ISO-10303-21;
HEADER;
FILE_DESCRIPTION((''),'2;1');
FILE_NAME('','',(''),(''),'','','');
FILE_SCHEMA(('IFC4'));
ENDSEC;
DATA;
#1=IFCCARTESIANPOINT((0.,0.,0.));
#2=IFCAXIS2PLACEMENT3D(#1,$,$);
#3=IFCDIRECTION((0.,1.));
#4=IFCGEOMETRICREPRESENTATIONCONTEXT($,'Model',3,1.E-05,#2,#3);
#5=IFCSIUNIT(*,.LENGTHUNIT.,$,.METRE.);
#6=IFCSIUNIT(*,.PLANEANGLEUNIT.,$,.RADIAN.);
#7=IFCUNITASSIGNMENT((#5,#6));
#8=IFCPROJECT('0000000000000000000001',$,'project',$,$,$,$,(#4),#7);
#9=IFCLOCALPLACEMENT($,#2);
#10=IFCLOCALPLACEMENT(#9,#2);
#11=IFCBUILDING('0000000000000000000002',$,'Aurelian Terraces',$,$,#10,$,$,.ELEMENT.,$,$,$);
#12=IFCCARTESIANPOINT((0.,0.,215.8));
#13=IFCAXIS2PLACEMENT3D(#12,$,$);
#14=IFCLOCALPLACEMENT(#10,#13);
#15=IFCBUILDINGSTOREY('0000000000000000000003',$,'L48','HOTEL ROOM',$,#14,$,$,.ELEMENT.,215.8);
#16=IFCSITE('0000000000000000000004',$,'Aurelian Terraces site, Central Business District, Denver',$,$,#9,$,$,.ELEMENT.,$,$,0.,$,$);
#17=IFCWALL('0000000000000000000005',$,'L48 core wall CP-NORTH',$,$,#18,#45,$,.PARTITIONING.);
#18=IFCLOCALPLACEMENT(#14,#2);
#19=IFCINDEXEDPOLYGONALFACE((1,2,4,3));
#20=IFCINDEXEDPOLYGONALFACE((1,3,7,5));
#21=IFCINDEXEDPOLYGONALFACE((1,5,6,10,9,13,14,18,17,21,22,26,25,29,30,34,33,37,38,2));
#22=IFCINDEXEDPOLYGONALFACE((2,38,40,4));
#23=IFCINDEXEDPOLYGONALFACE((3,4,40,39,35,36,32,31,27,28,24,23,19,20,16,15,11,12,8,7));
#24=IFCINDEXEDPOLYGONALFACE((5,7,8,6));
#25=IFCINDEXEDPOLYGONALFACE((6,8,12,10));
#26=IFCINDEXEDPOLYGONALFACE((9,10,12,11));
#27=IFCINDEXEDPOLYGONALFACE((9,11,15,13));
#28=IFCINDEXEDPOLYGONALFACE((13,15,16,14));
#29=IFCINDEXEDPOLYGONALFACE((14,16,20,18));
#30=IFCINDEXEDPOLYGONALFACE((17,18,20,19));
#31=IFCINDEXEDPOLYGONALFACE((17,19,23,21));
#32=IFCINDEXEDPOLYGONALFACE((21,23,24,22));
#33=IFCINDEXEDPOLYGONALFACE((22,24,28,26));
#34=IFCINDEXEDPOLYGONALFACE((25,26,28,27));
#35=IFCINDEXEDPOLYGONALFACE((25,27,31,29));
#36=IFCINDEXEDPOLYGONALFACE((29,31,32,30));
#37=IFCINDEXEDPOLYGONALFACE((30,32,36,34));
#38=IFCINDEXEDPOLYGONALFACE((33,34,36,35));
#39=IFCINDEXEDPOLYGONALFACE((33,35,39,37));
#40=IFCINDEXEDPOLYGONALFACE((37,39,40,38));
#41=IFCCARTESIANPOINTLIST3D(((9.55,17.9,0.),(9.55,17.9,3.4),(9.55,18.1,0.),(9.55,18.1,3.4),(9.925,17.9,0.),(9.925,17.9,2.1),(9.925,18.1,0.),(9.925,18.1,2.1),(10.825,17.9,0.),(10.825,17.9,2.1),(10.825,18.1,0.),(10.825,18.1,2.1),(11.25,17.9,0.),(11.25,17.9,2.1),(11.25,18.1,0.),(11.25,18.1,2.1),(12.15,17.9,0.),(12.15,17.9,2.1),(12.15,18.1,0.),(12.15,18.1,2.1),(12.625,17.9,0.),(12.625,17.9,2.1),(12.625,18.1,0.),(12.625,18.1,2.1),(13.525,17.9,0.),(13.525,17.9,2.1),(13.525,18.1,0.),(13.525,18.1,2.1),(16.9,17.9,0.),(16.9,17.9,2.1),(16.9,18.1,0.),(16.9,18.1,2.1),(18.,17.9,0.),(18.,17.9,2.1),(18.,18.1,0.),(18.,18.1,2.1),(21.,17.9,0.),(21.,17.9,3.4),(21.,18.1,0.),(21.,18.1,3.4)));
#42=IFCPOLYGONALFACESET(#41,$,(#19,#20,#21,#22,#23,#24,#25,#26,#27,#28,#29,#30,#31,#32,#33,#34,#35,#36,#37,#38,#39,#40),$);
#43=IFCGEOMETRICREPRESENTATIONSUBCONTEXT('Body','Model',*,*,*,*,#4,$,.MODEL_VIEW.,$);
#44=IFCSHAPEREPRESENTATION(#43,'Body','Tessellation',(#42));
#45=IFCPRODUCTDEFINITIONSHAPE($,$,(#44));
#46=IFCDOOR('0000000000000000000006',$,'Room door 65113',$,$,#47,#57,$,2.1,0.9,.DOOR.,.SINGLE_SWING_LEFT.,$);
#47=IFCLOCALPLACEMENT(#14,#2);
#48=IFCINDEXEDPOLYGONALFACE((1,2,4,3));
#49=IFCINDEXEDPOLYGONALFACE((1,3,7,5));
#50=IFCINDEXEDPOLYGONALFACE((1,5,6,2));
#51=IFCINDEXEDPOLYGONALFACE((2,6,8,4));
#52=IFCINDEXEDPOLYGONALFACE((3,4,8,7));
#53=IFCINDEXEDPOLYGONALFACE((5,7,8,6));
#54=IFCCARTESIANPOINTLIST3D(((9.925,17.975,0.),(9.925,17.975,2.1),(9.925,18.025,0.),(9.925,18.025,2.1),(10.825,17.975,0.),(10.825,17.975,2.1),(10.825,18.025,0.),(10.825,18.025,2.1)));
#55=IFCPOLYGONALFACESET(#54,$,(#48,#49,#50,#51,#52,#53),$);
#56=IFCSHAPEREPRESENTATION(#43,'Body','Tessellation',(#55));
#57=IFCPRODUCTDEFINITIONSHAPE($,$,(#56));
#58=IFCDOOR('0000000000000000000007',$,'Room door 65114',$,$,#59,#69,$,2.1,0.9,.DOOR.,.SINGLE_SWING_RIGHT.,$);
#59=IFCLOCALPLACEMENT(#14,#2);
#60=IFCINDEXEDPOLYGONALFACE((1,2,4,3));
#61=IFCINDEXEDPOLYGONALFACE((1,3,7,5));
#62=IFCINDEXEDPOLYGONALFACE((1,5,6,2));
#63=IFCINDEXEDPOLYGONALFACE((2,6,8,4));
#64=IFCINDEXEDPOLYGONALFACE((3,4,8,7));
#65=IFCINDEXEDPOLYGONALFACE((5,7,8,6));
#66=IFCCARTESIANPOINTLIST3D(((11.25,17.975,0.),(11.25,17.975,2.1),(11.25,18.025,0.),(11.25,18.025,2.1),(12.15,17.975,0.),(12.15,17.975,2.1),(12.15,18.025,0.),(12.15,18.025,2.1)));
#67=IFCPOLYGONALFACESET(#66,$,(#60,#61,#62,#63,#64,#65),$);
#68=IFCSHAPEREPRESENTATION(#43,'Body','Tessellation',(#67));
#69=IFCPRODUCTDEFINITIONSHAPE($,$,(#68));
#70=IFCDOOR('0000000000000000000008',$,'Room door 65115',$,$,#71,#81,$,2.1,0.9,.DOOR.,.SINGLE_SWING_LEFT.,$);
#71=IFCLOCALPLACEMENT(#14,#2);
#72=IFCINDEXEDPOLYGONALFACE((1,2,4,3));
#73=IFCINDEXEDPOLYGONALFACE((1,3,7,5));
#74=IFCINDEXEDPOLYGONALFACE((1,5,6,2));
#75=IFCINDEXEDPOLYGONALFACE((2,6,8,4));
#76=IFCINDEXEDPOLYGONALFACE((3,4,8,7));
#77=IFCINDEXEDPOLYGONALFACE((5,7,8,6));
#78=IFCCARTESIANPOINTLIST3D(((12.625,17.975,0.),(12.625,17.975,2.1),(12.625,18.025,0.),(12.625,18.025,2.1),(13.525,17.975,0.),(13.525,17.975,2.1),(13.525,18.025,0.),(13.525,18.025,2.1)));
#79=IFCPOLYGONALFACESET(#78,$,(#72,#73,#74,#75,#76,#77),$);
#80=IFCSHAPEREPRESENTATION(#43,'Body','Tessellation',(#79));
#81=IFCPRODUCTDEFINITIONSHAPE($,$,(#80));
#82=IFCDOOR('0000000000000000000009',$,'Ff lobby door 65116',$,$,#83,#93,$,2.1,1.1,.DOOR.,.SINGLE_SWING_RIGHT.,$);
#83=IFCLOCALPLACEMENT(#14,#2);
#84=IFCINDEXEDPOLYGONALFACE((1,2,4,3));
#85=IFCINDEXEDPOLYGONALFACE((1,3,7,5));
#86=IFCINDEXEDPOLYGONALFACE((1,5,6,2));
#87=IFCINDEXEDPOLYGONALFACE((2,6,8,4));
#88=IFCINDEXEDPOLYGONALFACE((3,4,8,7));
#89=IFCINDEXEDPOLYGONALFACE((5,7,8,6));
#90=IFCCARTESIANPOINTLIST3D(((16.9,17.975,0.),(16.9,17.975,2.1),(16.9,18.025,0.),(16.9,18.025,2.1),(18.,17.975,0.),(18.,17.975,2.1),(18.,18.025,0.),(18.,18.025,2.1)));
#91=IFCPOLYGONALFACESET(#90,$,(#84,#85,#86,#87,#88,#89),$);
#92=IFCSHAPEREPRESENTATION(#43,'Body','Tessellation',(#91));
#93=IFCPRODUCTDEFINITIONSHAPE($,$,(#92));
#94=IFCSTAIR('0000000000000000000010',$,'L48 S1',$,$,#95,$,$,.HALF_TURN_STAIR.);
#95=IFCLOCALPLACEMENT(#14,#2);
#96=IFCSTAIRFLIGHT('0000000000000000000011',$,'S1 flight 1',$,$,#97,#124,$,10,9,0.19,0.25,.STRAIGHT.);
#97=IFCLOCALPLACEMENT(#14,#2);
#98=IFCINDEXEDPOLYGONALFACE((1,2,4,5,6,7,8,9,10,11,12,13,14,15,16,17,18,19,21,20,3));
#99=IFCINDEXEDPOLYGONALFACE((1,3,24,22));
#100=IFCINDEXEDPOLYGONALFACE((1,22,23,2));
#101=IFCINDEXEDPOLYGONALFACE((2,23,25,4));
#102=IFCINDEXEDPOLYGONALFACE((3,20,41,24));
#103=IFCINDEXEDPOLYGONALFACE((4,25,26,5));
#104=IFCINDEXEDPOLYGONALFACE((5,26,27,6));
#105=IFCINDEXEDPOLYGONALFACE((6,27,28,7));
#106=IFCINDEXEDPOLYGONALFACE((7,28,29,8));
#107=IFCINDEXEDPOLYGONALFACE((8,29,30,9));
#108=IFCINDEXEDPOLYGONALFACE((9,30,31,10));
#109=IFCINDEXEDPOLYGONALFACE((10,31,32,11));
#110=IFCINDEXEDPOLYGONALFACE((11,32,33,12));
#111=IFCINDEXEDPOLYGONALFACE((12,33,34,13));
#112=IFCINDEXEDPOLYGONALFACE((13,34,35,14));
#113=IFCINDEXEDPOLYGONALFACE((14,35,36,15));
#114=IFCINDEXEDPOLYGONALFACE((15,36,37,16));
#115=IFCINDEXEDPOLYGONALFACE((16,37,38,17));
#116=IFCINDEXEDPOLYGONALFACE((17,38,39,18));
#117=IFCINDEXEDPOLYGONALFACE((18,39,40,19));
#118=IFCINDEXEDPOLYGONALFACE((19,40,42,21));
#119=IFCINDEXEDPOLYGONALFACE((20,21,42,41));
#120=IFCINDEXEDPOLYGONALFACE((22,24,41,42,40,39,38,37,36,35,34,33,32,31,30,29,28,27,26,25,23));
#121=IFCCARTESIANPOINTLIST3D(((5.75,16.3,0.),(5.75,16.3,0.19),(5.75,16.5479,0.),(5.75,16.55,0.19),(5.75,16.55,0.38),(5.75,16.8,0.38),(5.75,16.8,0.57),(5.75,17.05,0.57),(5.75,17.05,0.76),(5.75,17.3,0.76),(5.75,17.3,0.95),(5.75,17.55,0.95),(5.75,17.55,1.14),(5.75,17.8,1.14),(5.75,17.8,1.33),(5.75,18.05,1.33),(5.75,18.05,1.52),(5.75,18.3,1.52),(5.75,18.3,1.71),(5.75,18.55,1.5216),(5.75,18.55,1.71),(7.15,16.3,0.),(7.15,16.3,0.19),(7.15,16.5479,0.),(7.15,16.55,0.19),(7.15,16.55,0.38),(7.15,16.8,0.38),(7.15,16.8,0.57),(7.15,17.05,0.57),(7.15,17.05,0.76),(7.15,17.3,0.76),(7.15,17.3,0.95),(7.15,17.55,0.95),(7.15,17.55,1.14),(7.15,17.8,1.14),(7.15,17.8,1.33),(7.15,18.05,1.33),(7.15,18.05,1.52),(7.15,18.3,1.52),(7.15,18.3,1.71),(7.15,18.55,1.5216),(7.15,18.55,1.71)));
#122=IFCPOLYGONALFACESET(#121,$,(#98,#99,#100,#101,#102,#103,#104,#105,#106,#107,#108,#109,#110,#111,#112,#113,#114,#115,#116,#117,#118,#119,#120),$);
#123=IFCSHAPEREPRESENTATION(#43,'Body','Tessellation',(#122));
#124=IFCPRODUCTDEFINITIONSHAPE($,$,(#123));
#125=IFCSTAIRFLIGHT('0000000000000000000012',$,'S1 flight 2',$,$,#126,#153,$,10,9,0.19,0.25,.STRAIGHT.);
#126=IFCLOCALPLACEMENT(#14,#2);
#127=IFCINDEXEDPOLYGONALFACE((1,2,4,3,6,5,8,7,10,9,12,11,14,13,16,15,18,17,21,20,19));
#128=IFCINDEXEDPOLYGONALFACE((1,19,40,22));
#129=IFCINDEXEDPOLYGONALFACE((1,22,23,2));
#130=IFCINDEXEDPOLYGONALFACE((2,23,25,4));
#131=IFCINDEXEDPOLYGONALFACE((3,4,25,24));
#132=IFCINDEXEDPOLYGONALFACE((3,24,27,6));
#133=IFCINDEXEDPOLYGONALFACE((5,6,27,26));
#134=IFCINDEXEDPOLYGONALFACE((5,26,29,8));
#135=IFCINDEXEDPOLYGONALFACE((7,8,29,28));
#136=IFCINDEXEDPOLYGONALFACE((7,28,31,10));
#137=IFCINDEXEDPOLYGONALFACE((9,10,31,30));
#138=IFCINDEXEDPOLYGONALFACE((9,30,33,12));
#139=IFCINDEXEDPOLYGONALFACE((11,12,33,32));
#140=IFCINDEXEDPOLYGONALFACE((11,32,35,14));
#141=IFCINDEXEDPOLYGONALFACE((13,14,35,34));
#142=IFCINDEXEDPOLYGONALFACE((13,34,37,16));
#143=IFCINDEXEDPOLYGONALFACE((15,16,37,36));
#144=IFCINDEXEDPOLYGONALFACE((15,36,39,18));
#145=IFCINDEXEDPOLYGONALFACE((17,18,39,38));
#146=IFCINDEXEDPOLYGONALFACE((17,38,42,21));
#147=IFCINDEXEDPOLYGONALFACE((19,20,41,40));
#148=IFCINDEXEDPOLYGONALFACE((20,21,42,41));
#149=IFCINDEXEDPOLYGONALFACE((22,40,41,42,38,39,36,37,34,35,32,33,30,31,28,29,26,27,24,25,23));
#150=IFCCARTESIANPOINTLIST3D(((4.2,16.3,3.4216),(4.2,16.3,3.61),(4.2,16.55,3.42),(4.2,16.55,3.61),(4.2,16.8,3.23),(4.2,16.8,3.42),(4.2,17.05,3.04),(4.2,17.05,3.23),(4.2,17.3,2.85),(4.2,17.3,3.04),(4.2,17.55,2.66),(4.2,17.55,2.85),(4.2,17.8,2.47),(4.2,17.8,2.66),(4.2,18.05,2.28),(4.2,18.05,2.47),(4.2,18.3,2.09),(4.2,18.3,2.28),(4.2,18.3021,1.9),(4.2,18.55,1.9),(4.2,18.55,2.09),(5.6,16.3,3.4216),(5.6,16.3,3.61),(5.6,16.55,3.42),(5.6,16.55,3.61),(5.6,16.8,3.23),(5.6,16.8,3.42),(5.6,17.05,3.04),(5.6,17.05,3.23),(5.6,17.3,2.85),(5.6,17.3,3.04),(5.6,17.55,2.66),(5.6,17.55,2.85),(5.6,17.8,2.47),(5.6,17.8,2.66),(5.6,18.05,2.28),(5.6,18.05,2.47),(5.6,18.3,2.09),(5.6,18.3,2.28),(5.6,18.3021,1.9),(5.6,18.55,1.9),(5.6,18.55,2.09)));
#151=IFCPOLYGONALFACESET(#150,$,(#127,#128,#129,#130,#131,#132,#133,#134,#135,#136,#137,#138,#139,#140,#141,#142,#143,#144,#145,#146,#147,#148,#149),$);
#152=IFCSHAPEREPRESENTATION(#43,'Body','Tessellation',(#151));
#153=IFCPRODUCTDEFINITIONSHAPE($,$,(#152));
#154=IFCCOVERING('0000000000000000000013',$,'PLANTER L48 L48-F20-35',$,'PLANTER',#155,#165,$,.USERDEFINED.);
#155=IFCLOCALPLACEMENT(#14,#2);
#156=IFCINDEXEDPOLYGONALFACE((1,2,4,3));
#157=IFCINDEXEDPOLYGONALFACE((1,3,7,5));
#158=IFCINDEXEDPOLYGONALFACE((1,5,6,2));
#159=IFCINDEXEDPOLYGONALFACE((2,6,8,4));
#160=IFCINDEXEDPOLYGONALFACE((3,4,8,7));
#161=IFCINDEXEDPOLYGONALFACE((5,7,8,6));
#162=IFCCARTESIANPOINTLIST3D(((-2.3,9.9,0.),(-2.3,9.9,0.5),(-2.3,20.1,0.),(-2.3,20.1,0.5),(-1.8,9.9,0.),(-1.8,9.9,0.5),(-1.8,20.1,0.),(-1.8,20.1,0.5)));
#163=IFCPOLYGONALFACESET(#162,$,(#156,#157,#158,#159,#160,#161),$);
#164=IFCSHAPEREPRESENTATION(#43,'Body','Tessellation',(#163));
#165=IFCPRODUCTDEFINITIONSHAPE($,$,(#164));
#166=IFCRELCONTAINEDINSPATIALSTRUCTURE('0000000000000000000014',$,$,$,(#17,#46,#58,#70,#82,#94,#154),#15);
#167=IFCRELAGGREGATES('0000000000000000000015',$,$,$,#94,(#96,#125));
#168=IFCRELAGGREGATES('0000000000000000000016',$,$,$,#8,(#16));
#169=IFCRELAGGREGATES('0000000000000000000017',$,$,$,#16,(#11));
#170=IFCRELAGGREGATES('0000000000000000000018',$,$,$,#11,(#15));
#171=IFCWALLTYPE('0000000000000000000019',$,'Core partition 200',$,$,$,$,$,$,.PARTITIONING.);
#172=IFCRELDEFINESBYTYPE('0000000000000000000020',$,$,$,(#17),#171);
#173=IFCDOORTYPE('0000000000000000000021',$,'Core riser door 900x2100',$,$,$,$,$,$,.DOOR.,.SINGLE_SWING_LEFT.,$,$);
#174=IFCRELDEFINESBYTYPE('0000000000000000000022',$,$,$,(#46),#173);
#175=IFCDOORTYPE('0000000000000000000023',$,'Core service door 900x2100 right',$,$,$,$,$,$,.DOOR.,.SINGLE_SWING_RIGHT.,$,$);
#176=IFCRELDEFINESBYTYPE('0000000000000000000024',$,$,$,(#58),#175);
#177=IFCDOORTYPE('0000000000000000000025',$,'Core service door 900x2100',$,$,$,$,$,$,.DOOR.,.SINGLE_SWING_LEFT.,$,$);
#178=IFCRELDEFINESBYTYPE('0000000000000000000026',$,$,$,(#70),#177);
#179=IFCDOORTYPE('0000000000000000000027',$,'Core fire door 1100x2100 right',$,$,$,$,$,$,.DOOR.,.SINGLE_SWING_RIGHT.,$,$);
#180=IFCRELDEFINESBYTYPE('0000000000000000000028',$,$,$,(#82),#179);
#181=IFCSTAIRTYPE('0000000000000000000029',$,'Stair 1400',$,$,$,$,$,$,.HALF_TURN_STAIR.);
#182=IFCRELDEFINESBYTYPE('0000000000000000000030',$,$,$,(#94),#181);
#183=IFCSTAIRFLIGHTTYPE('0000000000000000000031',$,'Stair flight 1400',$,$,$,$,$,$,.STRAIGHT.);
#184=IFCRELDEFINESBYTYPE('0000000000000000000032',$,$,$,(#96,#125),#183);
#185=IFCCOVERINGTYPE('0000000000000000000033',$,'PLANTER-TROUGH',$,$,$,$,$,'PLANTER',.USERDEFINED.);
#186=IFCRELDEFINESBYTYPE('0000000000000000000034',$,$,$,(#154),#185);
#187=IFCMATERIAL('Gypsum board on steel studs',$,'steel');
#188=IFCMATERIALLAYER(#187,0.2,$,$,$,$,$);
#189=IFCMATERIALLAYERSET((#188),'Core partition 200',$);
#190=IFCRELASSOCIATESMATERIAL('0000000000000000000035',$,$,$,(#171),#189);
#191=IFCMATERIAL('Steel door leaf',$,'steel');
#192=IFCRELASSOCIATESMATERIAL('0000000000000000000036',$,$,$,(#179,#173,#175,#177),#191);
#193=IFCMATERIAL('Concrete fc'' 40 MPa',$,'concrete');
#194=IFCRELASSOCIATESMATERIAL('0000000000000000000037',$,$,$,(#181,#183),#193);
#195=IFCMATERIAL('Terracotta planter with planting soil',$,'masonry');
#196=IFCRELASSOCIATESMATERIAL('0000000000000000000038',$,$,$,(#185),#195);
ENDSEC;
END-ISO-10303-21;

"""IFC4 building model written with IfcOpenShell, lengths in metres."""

from ifc_helpers import new_model, si_unit, direction, frame, frame_2d, origin, origin_2d, place, context, subcontext, project, spatial, polyline, rectangle, outline, extrude, source, transform, mapped, material, layer, layer_set, type_object, element, fill, aggregate, save


model = new_model("IFC4")

# Units and contexts
model_context = context("Model", 3, precision=1e-05, world=origin(), true_north=direction((0.0, 1.0)))
body_context = subcontext(model_context, "Body", "Model", "MODEL_VIEW")
ifc_project = project(units=[si_unit("LENGTHUNIT", "METRE"), si_unit("PLANEANGLEUNIT", "RADIAN")], contexts=[model_context])

# Site, building, storey
site_placement = place(None, origin())
site = spatial("IfcSite", under=ifc_project, at=site_placement, Name="Aurelian Terraces site, Central Business District, Denver", CompositionType="ELEMENT", RefElevation=0.0)
building_placement = place(site_placement, origin())
building = spatial("IfcBuilding", under=site, at=building_placement, Name="Aurelian Terraces", CompositionType="ELEMENT")
storey_placement = place(building_placement, frame((0.0, 0.0, 215.8)))
storey = spatial("IfcBuildingStorey", under=building, at=storey_placement, Name="L48", Description="HOTEL ROOM", CompositionType="ELEMENT", Elevation=215.8)

# Shared definitions
ifc_material_1 = material(Name="Concrete fc' 40 MPa", Category="concrete")
shared_shape_1 = source(origin(), body_context, "Body", "SweptSolid", [
    extrude(rectangle(XDim=1.1, YDim=2.1, at=frame_2d((0.55, 1.05))), frame((0.0, 0.11, 0.0), z_axis=(0.0, -1.0, 0.0), x_axis=(1.0, 0.0, 0.0)), (0.0, 0.0, 1.0), 0.22),
])
shared_shape_2 = source(origin(), body_context, "Body", "SweptSolid", [
    extrude(rectangle(XDim=1.1, YDim=2.1, at=frame_2d((0.55, 1.05))), frame((0.0, 0.025, 0.0), z_axis=(0.0, -1.0, 0.0), x_axis=(1.0, 0.0, 0.0)), (0.0, 0.0, 1.0), 0.05),
])

# Shared definitions
ifc_material_2 = material(Name="Gypsum board on steel studs", Category="steel")
ifc_layer_1 = layer(ifc_material_2, 0.2)
ifc_layer_set_1 = layer_set([ifc_layer_1], Name="Core partition 200")
wall_type_1 = type_object("IfcWallType", Name="Core partition 200", PredefinedType="PARTITIONING", material=ifc_layer_set_1)

# Shared definitions
ifc_material_3 = material(Name="Steel door leaf", Category="steel")
door_type_1 = type_object("IfcDoorType", Name="Core fire door 1100x2100 right", OperationType="SINGLE_SWING_RIGHT", PredefinedType="DOOR", material=ifc_material_3)

# Wall, openings, doors
shared_shape_3 = source(origin(), body_context, "Body", "SweptSolid", [
    extrude(rectangle(XDim=11.45, YDim=0.2, at=frame_2d((5.725, 0.0))), origin(), (0.0, 0.0, 1.0), 3.4),
])
wall_1_placement = place(storey_placement, frame((9.55, 18.0, 0.0), z_axis=(0.0, 0.0, 1.0), x_axis=(1.0, 0.0, 0.0)))
wall_1 = element("IfcWall", 1, at=wall_1_placement, inside=storey, type_object=wall_type_1, Name="L48 core wall CP-NORTH", PredefinedType="PARTITIONING", context=body_context, shape_type="MappedRepresentation", body=[
    mapped(shared_shape_3, transform((0.0, 0.0, 0.0), scale=1.0)),
])
shared_shape_4 = source(origin(), body_context, "Body", "SweptSolid", [
    extrude(rectangle(XDim=0.9, YDim=2.1, at=frame_2d((0.45, 1.05))), frame((0.0, 0.11, 0.0), z_axis=(0.0, -1.0, 0.0), x_axis=(1.0, 0.0, 0.0)), (0.0, 0.0, 1.0), 0.22),
])
opening_1_placement = place(wall_1_placement, frame((0.375, 0.0, 0.0)))
opening_1 = element("IfcOpeningElement", 2, at=opening_1_placement, cuts=wall_1, PredefinedType="OPENING", context=body_context, shape_type="MappedRepresentation", body=[
    mapped(shared_shape_4, transform((0.0, 0.0, 0.0), scale=1.0)),
])
opening_2_placement = place(wall_1_placement, frame((1.7, 0.0, 0.0)))
opening_2 = element("IfcOpeningElement", 3, at=opening_2_placement, cuts=wall_1, PredefinedType="OPENING", context=body_context, shape_type="MappedRepresentation", body=[
    mapped(shared_shape_4, transform((0.0, 0.0, 0.0), scale=1.0)),
])
opening_3_placement = place(wall_1_placement, frame((3.075, 0.0, 0.0)))
opening_3 = element("IfcOpeningElement", 4, at=opening_3_placement, cuts=wall_1, PredefinedType="OPENING", context=body_context, shape_type="MappedRepresentation", body=[
    mapped(shared_shape_4, transform((0.0, 0.0, 0.0), scale=1.0)),
])
opening_4_placement = place(wall_1_placement, frame((7.35, 0.0, 0.0)))
opening_4 = element("IfcOpeningElement", 5, at=opening_4_placement, cuts=wall_1, PredefinedType="OPENING", context=body_context, shape_type="MappedRepresentation", body=[
    mapped(shared_shape_1, transform((0.0, 0.0, 0.0), scale=1.0)),
])
door_type_2 = type_object("IfcDoorType", Name="Core riser door 900x2100", OperationType="SINGLE_SWING_LEFT", PredefinedType="DOOR", material=ifc_material_3)
shared_shape_5 = source(origin(), body_context, "Body", "SweptSolid", [
    extrude(rectangle(XDim=0.9, YDim=2.1, at=frame_2d((0.45, 1.05))), frame((0.0, 0.025, 0.0), z_axis=(0.0, -1.0, 0.0), x_axis=(1.0, 0.0, 0.0)), (0.0, 0.0, 1.0), 0.05),
])
door_1_placement = place(opening_1_placement, origin())
door_1 = element("IfcDoor", 6, at=door_1_placement, inside=storey, type_object=door_type_2, Name="Room door 65113", OperationType="SINGLE_SWING_LEFT", OverallHeight=2.1, OverallWidth=0.9, PredefinedType="DOOR", context=body_context, shape_type="MappedRepresentation", body=[
    mapped(shared_shape_5, transform((0.0, 0.0, 0.0), scale=1.0)),
])
fill(opening_1, door_1)
door_type_3 = type_object("IfcDoorType", Name="Core service door 900x2100 right", OperationType="SINGLE_SWING_RIGHT", PredefinedType="DOOR", material=ifc_material_3)
door_2_placement = place(opening_2_placement, origin())
door_2 = element("IfcDoor", 7, at=door_2_placement, inside=storey, type_object=door_type_3, Name="Room door 65114", OperationType="SINGLE_SWING_RIGHT", OverallHeight=2.1, OverallWidth=0.9, PredefinedType="DOOR", context=body_context, shape_type="MappedRepresentation", body=[
    mapped(shared_shape_5, transform((0.0, 0.0, 0.0), scale=1.0)),
])
fill(opening_2, door_2)
door_type_4 = type_object("IfcDoorType", Name="Core service door 900x2100", OperationType="SINGLE_SWING_LEFT", PredefinedType="DOOR", material=ifc_material_3)
door_3_placement = place(opening_3_placement, origin())
door_3 = element("IfcDoor", 8, at=door_3_placement, inside=storey, type_object=door_type_4, Name="Room door 65115", OperationType="SINGLE_SWING_LEFT", OverallHeight=2.1, OverallWidth=0.9, PredefinedType="DOOR", context=body_context, shape_type="MappedRepresentation", body=[
    mapped(shared_shape_5, transform((0.0, 0.0, 0.0), scale=1.0)),
])
fill(opening_3, door_3)
door_4_placement = place(opening_4_placement, origin())
door_4 = element("IfcDoor", 9, at=door_4_placement, inside=storey, type_object=door_type_1, Name="Ff lobby door 65116", OperationType="SINGLE_SWING_RIGHT", OverallHeight=2.1, OverallWidth=1.1, PredefinedType="DOOR", context=body_context, shape_type="MappedRepresentation", body=[
    mapped(shared_shape_2, transform((0.0, 0.0, 0.0), scale=1.0)),
])
fill(opening_4, door_4)

# Stair, stair flights
stair_type = type_object("IfcStairType", Name="Stair 1400", PredefinedType="HALF_TURN_STAIR", material=ifc_material_1)
stair_placement = place(storey_placement, origin())
stair = element("IfcStair", 10, at=stair_placement, inside=storey, type_object=stair_type, Name="L48 S1", PredefinedType="HALF_TURN_STAIR")
stair_flight_type = type_object("IfcStairFlightType", Name="Stair flight 1400", PredefinedType="STRAIGHT", material=ifc_material_1)
shared_shape_6 = source(origin(), body_context, "Body", "SweptSolid", [
    extrude(outline(polyline([(0.0, 0.0), (0.0, 0.19), (0.25, 0.19), (0.25, 0.38), (0.5, 0.38), (0.5, 0.57), (0.75, 0.57), (0.75, 0.76), (1.0, 0.76), (1.0, 0.95), (1.25, 0.95), (1.25, 1.14), (1.5, 1.14), (1.5, 1.33), (1.75, 1.33), (1.75, 1.52), (2.0, 1.52), (2.0, 1.71), (2.25, 1.71), (2.25, 1.9), (2.25, 1.5216), (0.2479, 0.0), (0.0, 0.0)])), frame((0.0, 0.7, 0.0), z_axis=(0.0, -1.0, 0.0), x_axis=(1.0, 0.0, 0.0)), (0.0, 0.0, 1.0), 1.4),
])
stair_flight_1_placement = place(storey_placement, frame((6.45, 16.3, 0.0), z_axis=(0.0, 0.0, 1.0), x_axis=(0.0, 1.0, 0.0)))
stair_flight_1 = element("IfcStairFlight", 11, at=stair_flight_1_placement, type_object=stair_flight_type, Name="S1 flight 1", NumberOfRisers=10, NumberOfTreads=9, PredefinedType="STRAIGHT", RiserHeight=0.19, TreadLength=0.25, context=body_context, shape_type="MappedRepresentation", body=[
    mapped(shared_shape_6, transform((0.0, 0.0, 0.0), scale=1.0)),
])
stair_flight_2_placement = place(storey_placement, frame((4.9, 18.55, 1.9), z_axis=(0.0, 0.0, 1.0), x_axis=(0.0, -1.0, 0.0)))
stair_flight_2 = element("IfcStairFlight", 12, at=stair_flight_2_placement, type_object=stair_flight_type, Name="S1 flight 2", NumberOfRisers=10, NumberOfTreads=9, PredefinedType="STRAIGHT", RiserHeight=0.19, TreadLength=0.25, context=body_context, shape_type="MappedRepresentation", body=[
    mapped(shared_shape_6, transform((0.0, 0.0, 0.0), scale=1.0)),
])
aggregate(stair, [stair_flight_1, stair_flight_2])

# Covering
ifc_material_4 = material(Name="Terracotta planter with planting soil", Category="masonry")
covering_type_1 = type_object("IfcCoveringType", Name="PLANTER-TROUGH", ElementType="PLANTER", PredefinedType="USERDEFINED", material=ifc_material_4)
shared_shape_7 = source(origin(), body_context, "Body", "SweptSolid", [
    extrude(rectangle(XDim=0.5, YDim=10.2, at=origin_2d()), origin(), (0.0, 0.0, 1.0), 0.5),
])
covering_1_placement = place(storey_placement, frame((-2.05, 15.0, 0.0), z_axis=(0.0, 0.0, 1.0), x_axis=(1.0, 0.0, 0.0)))
element("IfcCovering", 13, at=covering_1_placement, inside=storey, type_object=covering_type_1, Name="PLANTER L48 L48-F20-35", ObjectType="PLANTER", PredefinedType="USERDEFINED", context=body_context, shape_type="MappedRepresentation", body=[
    mapped(shared_shape_7, transform((0.0, 0.0, 0.0), scale=1.0)),
])

save(model, "model.ifc")
